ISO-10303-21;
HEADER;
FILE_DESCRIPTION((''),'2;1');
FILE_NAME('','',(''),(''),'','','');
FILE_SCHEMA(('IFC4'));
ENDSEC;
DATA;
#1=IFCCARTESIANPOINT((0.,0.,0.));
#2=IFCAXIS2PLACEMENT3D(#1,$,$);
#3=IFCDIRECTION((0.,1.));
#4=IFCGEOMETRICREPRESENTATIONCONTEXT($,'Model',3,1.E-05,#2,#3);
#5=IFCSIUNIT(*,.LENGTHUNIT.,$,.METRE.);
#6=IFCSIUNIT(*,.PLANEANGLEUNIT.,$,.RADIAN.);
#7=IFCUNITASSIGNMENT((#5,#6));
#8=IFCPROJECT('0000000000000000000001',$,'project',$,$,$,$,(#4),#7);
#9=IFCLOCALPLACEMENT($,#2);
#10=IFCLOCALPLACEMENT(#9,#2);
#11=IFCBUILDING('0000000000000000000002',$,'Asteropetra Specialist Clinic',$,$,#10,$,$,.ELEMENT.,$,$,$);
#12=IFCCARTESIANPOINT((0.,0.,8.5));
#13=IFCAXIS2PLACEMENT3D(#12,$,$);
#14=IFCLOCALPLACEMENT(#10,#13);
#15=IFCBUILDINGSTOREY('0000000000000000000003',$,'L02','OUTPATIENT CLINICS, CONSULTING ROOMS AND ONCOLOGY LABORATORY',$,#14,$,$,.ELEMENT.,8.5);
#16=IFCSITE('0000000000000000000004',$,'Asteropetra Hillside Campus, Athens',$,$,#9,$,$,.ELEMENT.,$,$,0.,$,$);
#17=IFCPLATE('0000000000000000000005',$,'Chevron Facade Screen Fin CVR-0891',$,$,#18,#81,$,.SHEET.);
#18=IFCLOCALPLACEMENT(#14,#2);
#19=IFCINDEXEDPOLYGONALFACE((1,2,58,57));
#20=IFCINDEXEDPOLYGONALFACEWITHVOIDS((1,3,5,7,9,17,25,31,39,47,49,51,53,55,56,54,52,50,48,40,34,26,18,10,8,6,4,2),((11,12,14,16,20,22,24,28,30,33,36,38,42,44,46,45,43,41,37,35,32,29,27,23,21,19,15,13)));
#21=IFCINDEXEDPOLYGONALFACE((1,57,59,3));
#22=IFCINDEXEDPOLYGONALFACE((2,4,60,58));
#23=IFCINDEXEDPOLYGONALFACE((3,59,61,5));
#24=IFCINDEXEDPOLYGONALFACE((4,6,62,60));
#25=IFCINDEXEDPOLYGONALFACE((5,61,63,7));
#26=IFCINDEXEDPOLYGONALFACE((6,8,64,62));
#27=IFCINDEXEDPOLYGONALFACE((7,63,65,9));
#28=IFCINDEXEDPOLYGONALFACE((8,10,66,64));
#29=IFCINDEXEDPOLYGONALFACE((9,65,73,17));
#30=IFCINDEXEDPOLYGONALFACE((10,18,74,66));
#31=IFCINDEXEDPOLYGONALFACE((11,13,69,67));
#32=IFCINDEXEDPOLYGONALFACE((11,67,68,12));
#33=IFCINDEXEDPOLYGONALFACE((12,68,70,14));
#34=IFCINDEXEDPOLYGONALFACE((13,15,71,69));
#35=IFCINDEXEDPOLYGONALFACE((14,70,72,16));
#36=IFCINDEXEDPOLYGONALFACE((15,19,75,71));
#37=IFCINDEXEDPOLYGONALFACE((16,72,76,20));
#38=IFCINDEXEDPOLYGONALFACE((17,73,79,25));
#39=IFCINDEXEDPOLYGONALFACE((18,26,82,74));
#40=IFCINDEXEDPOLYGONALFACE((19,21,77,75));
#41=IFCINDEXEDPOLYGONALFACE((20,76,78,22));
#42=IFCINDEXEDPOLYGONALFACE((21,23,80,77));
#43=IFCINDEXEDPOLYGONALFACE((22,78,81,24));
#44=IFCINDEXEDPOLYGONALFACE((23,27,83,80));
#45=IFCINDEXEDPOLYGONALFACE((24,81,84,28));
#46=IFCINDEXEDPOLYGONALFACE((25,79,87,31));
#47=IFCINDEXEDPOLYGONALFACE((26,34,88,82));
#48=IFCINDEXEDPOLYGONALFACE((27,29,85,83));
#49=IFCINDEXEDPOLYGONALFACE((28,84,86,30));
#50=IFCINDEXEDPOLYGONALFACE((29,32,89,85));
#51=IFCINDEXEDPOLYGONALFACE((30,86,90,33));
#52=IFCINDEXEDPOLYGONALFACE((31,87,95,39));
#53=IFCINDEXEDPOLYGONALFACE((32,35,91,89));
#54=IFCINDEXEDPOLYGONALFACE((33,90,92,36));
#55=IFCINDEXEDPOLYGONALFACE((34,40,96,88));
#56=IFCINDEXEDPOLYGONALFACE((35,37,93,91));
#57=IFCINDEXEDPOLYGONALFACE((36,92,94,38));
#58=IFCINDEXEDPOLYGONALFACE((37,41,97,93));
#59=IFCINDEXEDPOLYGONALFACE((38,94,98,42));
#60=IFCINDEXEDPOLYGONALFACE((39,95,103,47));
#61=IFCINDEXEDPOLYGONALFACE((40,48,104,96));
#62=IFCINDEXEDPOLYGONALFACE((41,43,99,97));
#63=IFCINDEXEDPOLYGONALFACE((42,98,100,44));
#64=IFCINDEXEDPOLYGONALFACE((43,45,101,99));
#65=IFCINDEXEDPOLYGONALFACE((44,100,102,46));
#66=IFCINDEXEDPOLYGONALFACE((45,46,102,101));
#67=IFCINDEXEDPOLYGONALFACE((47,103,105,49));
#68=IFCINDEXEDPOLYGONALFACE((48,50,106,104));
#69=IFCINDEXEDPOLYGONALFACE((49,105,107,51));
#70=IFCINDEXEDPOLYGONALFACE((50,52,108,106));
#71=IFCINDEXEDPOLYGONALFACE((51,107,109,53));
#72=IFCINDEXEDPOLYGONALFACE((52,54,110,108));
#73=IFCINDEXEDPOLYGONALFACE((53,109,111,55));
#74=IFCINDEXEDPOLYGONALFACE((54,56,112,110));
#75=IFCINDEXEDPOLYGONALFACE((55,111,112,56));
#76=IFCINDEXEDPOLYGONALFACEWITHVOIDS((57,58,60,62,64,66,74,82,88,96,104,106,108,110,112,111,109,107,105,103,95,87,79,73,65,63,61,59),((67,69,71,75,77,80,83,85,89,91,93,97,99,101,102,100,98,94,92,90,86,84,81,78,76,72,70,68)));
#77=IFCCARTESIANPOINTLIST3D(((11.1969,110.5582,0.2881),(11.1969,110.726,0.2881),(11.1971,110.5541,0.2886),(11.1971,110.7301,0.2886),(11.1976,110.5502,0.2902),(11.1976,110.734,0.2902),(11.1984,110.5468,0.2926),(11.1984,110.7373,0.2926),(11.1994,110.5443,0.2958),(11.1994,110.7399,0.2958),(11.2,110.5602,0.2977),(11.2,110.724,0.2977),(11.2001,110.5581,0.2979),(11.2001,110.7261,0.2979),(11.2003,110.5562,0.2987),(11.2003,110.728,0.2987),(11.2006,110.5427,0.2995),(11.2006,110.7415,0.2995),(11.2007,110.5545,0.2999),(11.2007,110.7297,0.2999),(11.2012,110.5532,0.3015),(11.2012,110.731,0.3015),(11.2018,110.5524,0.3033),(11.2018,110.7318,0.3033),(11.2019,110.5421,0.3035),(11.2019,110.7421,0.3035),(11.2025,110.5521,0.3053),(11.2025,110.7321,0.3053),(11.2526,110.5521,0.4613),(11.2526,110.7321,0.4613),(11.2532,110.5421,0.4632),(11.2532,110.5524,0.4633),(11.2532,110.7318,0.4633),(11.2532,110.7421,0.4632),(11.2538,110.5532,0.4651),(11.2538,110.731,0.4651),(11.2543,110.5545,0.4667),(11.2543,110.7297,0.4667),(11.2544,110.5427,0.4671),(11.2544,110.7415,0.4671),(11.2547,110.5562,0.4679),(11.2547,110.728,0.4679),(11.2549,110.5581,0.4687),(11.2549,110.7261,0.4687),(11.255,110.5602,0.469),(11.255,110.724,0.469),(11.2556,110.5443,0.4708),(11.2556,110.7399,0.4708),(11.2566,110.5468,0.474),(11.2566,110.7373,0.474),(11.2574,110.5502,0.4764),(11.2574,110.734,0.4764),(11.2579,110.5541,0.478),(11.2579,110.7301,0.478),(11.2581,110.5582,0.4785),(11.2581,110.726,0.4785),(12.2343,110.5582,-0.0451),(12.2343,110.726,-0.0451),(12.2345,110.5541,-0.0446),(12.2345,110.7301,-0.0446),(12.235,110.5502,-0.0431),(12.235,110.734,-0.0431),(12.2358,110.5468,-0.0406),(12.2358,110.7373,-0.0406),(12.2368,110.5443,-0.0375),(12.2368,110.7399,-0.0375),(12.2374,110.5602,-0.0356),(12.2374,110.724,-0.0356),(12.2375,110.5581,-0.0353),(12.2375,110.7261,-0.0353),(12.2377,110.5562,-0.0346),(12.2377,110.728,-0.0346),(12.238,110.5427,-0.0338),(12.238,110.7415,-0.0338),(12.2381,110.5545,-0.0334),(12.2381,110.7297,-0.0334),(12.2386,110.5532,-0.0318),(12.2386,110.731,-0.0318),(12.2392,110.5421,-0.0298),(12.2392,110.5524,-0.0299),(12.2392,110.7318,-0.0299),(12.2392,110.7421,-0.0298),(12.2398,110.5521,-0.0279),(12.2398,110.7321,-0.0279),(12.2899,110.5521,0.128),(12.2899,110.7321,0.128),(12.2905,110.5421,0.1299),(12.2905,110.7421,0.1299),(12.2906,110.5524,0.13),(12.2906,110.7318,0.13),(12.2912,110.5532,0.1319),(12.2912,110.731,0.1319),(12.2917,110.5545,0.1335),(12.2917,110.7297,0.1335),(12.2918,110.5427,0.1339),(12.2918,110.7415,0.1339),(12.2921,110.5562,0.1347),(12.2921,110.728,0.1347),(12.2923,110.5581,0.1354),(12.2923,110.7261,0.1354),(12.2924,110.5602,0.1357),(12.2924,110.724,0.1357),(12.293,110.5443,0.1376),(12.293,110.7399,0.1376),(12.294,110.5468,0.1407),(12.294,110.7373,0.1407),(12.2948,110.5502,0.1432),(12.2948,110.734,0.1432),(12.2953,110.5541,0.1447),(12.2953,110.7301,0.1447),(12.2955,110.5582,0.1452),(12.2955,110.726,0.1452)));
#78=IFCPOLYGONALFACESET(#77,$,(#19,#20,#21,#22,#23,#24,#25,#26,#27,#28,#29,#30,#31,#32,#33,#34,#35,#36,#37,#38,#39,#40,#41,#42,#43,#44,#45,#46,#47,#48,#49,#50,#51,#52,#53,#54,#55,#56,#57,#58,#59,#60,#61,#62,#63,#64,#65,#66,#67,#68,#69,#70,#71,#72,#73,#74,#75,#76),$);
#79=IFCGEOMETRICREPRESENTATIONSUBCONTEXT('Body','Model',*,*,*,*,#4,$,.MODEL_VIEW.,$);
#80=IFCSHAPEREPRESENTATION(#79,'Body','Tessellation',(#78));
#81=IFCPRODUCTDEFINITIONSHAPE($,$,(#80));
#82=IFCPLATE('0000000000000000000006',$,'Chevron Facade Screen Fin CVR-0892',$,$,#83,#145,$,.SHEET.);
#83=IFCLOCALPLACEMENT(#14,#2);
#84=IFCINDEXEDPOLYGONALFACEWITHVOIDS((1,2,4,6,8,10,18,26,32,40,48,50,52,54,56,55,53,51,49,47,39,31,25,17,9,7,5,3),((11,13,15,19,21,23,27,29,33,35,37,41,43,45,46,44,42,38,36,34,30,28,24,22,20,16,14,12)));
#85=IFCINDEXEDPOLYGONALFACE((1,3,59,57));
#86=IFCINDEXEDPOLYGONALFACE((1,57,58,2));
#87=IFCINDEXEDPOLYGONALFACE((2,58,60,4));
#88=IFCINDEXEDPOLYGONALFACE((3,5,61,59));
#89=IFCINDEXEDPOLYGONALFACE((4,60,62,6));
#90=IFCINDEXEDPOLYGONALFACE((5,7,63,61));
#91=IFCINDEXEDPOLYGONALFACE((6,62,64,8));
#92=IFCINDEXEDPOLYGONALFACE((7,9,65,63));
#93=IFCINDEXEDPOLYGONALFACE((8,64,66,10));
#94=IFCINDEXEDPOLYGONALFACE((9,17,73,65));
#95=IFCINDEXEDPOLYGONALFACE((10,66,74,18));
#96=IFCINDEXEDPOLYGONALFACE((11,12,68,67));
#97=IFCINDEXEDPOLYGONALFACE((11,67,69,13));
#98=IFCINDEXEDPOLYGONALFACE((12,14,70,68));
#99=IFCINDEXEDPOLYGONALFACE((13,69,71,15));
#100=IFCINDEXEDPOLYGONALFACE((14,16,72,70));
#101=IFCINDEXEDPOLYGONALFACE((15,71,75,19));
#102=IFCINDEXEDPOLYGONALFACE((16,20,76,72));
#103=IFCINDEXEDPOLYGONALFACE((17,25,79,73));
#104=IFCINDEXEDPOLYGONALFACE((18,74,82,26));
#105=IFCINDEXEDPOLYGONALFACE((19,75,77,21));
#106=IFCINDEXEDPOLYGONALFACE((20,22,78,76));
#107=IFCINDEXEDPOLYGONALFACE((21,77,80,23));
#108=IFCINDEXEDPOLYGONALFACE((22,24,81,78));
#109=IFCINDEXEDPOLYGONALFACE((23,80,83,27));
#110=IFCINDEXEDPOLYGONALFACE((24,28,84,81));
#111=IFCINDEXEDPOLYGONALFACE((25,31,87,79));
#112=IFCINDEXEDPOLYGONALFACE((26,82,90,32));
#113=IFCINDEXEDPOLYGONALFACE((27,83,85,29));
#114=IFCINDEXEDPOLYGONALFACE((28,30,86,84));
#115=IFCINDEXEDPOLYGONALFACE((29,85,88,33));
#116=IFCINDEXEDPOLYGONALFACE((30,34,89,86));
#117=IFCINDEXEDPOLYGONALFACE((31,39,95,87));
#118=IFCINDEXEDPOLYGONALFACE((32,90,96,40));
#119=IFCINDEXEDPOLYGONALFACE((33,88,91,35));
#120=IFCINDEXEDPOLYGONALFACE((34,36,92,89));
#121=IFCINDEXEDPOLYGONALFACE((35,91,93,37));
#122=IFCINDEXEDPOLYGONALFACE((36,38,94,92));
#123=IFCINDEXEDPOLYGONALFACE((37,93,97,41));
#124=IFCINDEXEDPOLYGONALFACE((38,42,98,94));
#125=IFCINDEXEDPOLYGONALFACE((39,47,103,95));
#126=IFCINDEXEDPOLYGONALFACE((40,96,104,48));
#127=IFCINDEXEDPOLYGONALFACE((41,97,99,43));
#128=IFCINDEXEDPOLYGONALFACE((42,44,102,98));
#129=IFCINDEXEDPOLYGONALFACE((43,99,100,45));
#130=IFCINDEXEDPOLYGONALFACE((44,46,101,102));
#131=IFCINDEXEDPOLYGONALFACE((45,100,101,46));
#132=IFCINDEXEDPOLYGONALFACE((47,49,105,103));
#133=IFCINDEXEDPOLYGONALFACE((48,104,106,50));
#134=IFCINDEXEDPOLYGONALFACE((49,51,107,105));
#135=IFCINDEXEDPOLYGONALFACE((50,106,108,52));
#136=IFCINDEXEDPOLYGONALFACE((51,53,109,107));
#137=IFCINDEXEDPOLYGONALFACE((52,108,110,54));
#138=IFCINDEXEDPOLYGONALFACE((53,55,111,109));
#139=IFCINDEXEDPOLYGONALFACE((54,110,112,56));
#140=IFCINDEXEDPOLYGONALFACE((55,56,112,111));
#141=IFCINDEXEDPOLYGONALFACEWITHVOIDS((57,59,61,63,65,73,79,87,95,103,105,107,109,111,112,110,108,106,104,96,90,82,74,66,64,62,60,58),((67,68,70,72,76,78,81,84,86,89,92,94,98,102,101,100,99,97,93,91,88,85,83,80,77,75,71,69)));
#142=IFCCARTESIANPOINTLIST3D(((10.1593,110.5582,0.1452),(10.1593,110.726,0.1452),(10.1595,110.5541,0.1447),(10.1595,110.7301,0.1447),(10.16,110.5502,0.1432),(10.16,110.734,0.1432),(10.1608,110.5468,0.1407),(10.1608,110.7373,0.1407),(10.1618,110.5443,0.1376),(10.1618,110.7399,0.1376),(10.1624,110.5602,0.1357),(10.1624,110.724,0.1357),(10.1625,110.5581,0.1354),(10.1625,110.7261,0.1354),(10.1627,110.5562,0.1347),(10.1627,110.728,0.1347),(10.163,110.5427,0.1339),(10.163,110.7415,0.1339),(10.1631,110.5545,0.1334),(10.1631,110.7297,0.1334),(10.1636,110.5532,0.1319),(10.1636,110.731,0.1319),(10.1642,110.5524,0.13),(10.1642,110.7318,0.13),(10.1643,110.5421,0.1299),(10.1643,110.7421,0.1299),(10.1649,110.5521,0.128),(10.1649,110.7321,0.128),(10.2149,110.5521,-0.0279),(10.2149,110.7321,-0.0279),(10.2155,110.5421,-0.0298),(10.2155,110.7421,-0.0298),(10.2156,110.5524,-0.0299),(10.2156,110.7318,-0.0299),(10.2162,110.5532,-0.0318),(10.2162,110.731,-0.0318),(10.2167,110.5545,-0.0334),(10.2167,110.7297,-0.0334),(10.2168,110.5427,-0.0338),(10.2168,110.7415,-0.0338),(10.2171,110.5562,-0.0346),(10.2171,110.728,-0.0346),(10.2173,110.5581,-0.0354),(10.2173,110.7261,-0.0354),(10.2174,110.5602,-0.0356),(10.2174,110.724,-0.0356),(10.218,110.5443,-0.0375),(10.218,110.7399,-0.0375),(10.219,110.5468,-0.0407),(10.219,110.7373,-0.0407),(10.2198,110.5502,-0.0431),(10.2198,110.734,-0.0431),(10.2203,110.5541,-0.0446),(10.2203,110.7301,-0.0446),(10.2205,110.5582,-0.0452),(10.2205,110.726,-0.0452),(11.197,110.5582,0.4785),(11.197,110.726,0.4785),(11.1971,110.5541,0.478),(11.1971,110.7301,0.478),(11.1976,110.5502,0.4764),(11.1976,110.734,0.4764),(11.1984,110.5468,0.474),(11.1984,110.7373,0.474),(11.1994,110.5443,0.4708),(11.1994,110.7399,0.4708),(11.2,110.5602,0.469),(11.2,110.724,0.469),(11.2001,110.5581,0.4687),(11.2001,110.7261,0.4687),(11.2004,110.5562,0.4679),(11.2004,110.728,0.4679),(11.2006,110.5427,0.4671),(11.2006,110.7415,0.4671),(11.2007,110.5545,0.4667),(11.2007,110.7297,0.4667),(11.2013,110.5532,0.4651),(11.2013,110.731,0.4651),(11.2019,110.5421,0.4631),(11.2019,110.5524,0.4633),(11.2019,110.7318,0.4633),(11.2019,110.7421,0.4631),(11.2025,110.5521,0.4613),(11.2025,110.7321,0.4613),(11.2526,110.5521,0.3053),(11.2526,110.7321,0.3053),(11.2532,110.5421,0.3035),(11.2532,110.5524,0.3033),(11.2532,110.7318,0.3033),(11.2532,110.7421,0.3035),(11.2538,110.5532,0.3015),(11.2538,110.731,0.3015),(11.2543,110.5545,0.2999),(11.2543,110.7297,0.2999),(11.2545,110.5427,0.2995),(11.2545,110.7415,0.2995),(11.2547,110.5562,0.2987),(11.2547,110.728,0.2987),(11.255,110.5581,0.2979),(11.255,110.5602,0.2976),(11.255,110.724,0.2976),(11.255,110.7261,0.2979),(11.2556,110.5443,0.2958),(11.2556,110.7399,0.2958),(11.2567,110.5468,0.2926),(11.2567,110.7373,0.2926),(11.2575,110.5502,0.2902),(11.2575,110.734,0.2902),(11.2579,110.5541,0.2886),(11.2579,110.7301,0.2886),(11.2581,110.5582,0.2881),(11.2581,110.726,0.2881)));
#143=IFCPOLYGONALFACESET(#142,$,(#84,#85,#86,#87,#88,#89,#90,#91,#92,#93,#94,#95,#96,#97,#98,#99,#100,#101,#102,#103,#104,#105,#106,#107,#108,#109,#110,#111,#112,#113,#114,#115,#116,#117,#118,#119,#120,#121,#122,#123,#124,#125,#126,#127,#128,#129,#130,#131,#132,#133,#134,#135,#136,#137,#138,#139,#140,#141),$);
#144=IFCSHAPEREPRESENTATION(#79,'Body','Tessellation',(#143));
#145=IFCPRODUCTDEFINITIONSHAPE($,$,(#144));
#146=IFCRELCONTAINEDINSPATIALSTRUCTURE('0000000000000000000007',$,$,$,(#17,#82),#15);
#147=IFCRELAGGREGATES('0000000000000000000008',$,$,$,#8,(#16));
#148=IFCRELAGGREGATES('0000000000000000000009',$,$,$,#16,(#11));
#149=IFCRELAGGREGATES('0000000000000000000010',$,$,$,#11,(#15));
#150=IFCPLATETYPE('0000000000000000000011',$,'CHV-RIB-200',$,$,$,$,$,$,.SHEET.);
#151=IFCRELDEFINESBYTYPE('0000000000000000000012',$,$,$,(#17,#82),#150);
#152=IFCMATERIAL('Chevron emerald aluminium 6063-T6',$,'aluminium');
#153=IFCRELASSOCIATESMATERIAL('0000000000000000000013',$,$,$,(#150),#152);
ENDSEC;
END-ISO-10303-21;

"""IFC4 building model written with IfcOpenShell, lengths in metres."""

from ifc_helpers import new_model, si_unit, direction, frame, origin, origin_2d, place, context, subcontext, project, spatial, hollow_rectangle, extrude, material, material_profile, profile_set, type_object, element, save


model = new_model("IFC4")

# Units and contexts
model_context = context("Model", 3, precision=1e-05, world=origin(), true_north=direction((0.0, 1.0)))
body_context = subcontext(model_context, "Body", "Model", "MODEL_VIEW")
ifc_project = project(units=[si_unit("LENGTHUNIT", "METRE"), si_unit("PLANEANGLEUNIT", "RADIAN")], contexts=[model_context])

# Site, building, storey
site_placement = place(None, origin())
site = spatial("IfcSite", under=ifc_project, at=site_placement, Name="Asteropetra Hillside Campus, Athens", CompositionType="ELEMENT", RefElevation=0.0)
building_placement = place(site_placement, origin())
building = spatial("IfcBuilding", under=site, at=building_placement, Name="Asteropetra Specialist Clinic", CompositionType="ELEMENT")
storey_placement = place(building_placement, frame((0.0, 0.0, 8.5)))
storey = spatial("IfcBuildingStorey", under=building, at=storey_placement, Name="L02", Description="OUTPATIENT CLINICS, CONSULTING ROOMS AND ONCOLOGY LABORATORY", CompositionType="ELEMENT", Elevation=8.5)

# Plates
ifc_material_1 = material(Name="Chevron emerald aluminium 6063-T6", Category="aluminium")
ifc_material_profile_1 = material_profile(ifc_material_1, hollow_rectangle(XDim=0.2, YDim=0.2, WallThickness=0.01, InnerFilletRadius=0.0081, OuterFilletRadius=0.0161, at=origin_2d()), Name="SHS 200x200x10.0")
ifc_profile_set_1 = profile_set([ifc_material_profile_1], Name="Chevron emerald aluminium 6063-T6")
plate_type_1 = type_object("IfcPlateType", Name="CHV-RIB-200", PredefinedType="SHEET", material=ifc_profile_set_1)
plate_placement = place(storey_placement, frame((12.2649, 110.6421, 0.05), z_axis=(-0.952078, 0.0, 0.305857), x_axis=(0.0, -1.0, 0.0)))
element("IfcPlate", 1, at=plate_placement, inside=storey, type_object=plate_type_1, Name="Chevron Facade Screen Fin CVR-0891", PredefinedType="SHEET", context=body_context, shape_type="SweptSolid", body=[
    extrude(hollow_rectangle(XDim=0.2, YDim=0.2, WallThickness=0.01, InnerFilletRadius=0.0081, OuterFilletRadius=0.0161, at=origin_2d()), origin(), (0.0, 0.0, 1.0), 1.0896),
])
for number, where, z_axis, x_axis, name in (
    (2, (11.2275, 110.6421, 0.3833), (-0.952098, 0.0, -0.305792), (0.0, -1.0, 0.0), "Chevron Facade Screen Fin CVR-0892"),
):
    element("IfcPlate", number, at=place(storey_placement, frame(where, z_axis=z_axis, x_axis=x_axis)), inside=storey, type_object=plate_type_1, Name=name, PredefinedType="SHEET", context=body_context, shape_type="SweptSolid", body=[
        extrude(hollow_rectangle(XDim=0.2, YDim=0.2, WallThickness=0.01, InnerFilletRadius=0.0081, OuterFilletRadius=0.0161, at=origin_2d()), origin(), (0.0, 0.0, 1.0), 1.0898),
    ])

save(model, "model.ifc")
